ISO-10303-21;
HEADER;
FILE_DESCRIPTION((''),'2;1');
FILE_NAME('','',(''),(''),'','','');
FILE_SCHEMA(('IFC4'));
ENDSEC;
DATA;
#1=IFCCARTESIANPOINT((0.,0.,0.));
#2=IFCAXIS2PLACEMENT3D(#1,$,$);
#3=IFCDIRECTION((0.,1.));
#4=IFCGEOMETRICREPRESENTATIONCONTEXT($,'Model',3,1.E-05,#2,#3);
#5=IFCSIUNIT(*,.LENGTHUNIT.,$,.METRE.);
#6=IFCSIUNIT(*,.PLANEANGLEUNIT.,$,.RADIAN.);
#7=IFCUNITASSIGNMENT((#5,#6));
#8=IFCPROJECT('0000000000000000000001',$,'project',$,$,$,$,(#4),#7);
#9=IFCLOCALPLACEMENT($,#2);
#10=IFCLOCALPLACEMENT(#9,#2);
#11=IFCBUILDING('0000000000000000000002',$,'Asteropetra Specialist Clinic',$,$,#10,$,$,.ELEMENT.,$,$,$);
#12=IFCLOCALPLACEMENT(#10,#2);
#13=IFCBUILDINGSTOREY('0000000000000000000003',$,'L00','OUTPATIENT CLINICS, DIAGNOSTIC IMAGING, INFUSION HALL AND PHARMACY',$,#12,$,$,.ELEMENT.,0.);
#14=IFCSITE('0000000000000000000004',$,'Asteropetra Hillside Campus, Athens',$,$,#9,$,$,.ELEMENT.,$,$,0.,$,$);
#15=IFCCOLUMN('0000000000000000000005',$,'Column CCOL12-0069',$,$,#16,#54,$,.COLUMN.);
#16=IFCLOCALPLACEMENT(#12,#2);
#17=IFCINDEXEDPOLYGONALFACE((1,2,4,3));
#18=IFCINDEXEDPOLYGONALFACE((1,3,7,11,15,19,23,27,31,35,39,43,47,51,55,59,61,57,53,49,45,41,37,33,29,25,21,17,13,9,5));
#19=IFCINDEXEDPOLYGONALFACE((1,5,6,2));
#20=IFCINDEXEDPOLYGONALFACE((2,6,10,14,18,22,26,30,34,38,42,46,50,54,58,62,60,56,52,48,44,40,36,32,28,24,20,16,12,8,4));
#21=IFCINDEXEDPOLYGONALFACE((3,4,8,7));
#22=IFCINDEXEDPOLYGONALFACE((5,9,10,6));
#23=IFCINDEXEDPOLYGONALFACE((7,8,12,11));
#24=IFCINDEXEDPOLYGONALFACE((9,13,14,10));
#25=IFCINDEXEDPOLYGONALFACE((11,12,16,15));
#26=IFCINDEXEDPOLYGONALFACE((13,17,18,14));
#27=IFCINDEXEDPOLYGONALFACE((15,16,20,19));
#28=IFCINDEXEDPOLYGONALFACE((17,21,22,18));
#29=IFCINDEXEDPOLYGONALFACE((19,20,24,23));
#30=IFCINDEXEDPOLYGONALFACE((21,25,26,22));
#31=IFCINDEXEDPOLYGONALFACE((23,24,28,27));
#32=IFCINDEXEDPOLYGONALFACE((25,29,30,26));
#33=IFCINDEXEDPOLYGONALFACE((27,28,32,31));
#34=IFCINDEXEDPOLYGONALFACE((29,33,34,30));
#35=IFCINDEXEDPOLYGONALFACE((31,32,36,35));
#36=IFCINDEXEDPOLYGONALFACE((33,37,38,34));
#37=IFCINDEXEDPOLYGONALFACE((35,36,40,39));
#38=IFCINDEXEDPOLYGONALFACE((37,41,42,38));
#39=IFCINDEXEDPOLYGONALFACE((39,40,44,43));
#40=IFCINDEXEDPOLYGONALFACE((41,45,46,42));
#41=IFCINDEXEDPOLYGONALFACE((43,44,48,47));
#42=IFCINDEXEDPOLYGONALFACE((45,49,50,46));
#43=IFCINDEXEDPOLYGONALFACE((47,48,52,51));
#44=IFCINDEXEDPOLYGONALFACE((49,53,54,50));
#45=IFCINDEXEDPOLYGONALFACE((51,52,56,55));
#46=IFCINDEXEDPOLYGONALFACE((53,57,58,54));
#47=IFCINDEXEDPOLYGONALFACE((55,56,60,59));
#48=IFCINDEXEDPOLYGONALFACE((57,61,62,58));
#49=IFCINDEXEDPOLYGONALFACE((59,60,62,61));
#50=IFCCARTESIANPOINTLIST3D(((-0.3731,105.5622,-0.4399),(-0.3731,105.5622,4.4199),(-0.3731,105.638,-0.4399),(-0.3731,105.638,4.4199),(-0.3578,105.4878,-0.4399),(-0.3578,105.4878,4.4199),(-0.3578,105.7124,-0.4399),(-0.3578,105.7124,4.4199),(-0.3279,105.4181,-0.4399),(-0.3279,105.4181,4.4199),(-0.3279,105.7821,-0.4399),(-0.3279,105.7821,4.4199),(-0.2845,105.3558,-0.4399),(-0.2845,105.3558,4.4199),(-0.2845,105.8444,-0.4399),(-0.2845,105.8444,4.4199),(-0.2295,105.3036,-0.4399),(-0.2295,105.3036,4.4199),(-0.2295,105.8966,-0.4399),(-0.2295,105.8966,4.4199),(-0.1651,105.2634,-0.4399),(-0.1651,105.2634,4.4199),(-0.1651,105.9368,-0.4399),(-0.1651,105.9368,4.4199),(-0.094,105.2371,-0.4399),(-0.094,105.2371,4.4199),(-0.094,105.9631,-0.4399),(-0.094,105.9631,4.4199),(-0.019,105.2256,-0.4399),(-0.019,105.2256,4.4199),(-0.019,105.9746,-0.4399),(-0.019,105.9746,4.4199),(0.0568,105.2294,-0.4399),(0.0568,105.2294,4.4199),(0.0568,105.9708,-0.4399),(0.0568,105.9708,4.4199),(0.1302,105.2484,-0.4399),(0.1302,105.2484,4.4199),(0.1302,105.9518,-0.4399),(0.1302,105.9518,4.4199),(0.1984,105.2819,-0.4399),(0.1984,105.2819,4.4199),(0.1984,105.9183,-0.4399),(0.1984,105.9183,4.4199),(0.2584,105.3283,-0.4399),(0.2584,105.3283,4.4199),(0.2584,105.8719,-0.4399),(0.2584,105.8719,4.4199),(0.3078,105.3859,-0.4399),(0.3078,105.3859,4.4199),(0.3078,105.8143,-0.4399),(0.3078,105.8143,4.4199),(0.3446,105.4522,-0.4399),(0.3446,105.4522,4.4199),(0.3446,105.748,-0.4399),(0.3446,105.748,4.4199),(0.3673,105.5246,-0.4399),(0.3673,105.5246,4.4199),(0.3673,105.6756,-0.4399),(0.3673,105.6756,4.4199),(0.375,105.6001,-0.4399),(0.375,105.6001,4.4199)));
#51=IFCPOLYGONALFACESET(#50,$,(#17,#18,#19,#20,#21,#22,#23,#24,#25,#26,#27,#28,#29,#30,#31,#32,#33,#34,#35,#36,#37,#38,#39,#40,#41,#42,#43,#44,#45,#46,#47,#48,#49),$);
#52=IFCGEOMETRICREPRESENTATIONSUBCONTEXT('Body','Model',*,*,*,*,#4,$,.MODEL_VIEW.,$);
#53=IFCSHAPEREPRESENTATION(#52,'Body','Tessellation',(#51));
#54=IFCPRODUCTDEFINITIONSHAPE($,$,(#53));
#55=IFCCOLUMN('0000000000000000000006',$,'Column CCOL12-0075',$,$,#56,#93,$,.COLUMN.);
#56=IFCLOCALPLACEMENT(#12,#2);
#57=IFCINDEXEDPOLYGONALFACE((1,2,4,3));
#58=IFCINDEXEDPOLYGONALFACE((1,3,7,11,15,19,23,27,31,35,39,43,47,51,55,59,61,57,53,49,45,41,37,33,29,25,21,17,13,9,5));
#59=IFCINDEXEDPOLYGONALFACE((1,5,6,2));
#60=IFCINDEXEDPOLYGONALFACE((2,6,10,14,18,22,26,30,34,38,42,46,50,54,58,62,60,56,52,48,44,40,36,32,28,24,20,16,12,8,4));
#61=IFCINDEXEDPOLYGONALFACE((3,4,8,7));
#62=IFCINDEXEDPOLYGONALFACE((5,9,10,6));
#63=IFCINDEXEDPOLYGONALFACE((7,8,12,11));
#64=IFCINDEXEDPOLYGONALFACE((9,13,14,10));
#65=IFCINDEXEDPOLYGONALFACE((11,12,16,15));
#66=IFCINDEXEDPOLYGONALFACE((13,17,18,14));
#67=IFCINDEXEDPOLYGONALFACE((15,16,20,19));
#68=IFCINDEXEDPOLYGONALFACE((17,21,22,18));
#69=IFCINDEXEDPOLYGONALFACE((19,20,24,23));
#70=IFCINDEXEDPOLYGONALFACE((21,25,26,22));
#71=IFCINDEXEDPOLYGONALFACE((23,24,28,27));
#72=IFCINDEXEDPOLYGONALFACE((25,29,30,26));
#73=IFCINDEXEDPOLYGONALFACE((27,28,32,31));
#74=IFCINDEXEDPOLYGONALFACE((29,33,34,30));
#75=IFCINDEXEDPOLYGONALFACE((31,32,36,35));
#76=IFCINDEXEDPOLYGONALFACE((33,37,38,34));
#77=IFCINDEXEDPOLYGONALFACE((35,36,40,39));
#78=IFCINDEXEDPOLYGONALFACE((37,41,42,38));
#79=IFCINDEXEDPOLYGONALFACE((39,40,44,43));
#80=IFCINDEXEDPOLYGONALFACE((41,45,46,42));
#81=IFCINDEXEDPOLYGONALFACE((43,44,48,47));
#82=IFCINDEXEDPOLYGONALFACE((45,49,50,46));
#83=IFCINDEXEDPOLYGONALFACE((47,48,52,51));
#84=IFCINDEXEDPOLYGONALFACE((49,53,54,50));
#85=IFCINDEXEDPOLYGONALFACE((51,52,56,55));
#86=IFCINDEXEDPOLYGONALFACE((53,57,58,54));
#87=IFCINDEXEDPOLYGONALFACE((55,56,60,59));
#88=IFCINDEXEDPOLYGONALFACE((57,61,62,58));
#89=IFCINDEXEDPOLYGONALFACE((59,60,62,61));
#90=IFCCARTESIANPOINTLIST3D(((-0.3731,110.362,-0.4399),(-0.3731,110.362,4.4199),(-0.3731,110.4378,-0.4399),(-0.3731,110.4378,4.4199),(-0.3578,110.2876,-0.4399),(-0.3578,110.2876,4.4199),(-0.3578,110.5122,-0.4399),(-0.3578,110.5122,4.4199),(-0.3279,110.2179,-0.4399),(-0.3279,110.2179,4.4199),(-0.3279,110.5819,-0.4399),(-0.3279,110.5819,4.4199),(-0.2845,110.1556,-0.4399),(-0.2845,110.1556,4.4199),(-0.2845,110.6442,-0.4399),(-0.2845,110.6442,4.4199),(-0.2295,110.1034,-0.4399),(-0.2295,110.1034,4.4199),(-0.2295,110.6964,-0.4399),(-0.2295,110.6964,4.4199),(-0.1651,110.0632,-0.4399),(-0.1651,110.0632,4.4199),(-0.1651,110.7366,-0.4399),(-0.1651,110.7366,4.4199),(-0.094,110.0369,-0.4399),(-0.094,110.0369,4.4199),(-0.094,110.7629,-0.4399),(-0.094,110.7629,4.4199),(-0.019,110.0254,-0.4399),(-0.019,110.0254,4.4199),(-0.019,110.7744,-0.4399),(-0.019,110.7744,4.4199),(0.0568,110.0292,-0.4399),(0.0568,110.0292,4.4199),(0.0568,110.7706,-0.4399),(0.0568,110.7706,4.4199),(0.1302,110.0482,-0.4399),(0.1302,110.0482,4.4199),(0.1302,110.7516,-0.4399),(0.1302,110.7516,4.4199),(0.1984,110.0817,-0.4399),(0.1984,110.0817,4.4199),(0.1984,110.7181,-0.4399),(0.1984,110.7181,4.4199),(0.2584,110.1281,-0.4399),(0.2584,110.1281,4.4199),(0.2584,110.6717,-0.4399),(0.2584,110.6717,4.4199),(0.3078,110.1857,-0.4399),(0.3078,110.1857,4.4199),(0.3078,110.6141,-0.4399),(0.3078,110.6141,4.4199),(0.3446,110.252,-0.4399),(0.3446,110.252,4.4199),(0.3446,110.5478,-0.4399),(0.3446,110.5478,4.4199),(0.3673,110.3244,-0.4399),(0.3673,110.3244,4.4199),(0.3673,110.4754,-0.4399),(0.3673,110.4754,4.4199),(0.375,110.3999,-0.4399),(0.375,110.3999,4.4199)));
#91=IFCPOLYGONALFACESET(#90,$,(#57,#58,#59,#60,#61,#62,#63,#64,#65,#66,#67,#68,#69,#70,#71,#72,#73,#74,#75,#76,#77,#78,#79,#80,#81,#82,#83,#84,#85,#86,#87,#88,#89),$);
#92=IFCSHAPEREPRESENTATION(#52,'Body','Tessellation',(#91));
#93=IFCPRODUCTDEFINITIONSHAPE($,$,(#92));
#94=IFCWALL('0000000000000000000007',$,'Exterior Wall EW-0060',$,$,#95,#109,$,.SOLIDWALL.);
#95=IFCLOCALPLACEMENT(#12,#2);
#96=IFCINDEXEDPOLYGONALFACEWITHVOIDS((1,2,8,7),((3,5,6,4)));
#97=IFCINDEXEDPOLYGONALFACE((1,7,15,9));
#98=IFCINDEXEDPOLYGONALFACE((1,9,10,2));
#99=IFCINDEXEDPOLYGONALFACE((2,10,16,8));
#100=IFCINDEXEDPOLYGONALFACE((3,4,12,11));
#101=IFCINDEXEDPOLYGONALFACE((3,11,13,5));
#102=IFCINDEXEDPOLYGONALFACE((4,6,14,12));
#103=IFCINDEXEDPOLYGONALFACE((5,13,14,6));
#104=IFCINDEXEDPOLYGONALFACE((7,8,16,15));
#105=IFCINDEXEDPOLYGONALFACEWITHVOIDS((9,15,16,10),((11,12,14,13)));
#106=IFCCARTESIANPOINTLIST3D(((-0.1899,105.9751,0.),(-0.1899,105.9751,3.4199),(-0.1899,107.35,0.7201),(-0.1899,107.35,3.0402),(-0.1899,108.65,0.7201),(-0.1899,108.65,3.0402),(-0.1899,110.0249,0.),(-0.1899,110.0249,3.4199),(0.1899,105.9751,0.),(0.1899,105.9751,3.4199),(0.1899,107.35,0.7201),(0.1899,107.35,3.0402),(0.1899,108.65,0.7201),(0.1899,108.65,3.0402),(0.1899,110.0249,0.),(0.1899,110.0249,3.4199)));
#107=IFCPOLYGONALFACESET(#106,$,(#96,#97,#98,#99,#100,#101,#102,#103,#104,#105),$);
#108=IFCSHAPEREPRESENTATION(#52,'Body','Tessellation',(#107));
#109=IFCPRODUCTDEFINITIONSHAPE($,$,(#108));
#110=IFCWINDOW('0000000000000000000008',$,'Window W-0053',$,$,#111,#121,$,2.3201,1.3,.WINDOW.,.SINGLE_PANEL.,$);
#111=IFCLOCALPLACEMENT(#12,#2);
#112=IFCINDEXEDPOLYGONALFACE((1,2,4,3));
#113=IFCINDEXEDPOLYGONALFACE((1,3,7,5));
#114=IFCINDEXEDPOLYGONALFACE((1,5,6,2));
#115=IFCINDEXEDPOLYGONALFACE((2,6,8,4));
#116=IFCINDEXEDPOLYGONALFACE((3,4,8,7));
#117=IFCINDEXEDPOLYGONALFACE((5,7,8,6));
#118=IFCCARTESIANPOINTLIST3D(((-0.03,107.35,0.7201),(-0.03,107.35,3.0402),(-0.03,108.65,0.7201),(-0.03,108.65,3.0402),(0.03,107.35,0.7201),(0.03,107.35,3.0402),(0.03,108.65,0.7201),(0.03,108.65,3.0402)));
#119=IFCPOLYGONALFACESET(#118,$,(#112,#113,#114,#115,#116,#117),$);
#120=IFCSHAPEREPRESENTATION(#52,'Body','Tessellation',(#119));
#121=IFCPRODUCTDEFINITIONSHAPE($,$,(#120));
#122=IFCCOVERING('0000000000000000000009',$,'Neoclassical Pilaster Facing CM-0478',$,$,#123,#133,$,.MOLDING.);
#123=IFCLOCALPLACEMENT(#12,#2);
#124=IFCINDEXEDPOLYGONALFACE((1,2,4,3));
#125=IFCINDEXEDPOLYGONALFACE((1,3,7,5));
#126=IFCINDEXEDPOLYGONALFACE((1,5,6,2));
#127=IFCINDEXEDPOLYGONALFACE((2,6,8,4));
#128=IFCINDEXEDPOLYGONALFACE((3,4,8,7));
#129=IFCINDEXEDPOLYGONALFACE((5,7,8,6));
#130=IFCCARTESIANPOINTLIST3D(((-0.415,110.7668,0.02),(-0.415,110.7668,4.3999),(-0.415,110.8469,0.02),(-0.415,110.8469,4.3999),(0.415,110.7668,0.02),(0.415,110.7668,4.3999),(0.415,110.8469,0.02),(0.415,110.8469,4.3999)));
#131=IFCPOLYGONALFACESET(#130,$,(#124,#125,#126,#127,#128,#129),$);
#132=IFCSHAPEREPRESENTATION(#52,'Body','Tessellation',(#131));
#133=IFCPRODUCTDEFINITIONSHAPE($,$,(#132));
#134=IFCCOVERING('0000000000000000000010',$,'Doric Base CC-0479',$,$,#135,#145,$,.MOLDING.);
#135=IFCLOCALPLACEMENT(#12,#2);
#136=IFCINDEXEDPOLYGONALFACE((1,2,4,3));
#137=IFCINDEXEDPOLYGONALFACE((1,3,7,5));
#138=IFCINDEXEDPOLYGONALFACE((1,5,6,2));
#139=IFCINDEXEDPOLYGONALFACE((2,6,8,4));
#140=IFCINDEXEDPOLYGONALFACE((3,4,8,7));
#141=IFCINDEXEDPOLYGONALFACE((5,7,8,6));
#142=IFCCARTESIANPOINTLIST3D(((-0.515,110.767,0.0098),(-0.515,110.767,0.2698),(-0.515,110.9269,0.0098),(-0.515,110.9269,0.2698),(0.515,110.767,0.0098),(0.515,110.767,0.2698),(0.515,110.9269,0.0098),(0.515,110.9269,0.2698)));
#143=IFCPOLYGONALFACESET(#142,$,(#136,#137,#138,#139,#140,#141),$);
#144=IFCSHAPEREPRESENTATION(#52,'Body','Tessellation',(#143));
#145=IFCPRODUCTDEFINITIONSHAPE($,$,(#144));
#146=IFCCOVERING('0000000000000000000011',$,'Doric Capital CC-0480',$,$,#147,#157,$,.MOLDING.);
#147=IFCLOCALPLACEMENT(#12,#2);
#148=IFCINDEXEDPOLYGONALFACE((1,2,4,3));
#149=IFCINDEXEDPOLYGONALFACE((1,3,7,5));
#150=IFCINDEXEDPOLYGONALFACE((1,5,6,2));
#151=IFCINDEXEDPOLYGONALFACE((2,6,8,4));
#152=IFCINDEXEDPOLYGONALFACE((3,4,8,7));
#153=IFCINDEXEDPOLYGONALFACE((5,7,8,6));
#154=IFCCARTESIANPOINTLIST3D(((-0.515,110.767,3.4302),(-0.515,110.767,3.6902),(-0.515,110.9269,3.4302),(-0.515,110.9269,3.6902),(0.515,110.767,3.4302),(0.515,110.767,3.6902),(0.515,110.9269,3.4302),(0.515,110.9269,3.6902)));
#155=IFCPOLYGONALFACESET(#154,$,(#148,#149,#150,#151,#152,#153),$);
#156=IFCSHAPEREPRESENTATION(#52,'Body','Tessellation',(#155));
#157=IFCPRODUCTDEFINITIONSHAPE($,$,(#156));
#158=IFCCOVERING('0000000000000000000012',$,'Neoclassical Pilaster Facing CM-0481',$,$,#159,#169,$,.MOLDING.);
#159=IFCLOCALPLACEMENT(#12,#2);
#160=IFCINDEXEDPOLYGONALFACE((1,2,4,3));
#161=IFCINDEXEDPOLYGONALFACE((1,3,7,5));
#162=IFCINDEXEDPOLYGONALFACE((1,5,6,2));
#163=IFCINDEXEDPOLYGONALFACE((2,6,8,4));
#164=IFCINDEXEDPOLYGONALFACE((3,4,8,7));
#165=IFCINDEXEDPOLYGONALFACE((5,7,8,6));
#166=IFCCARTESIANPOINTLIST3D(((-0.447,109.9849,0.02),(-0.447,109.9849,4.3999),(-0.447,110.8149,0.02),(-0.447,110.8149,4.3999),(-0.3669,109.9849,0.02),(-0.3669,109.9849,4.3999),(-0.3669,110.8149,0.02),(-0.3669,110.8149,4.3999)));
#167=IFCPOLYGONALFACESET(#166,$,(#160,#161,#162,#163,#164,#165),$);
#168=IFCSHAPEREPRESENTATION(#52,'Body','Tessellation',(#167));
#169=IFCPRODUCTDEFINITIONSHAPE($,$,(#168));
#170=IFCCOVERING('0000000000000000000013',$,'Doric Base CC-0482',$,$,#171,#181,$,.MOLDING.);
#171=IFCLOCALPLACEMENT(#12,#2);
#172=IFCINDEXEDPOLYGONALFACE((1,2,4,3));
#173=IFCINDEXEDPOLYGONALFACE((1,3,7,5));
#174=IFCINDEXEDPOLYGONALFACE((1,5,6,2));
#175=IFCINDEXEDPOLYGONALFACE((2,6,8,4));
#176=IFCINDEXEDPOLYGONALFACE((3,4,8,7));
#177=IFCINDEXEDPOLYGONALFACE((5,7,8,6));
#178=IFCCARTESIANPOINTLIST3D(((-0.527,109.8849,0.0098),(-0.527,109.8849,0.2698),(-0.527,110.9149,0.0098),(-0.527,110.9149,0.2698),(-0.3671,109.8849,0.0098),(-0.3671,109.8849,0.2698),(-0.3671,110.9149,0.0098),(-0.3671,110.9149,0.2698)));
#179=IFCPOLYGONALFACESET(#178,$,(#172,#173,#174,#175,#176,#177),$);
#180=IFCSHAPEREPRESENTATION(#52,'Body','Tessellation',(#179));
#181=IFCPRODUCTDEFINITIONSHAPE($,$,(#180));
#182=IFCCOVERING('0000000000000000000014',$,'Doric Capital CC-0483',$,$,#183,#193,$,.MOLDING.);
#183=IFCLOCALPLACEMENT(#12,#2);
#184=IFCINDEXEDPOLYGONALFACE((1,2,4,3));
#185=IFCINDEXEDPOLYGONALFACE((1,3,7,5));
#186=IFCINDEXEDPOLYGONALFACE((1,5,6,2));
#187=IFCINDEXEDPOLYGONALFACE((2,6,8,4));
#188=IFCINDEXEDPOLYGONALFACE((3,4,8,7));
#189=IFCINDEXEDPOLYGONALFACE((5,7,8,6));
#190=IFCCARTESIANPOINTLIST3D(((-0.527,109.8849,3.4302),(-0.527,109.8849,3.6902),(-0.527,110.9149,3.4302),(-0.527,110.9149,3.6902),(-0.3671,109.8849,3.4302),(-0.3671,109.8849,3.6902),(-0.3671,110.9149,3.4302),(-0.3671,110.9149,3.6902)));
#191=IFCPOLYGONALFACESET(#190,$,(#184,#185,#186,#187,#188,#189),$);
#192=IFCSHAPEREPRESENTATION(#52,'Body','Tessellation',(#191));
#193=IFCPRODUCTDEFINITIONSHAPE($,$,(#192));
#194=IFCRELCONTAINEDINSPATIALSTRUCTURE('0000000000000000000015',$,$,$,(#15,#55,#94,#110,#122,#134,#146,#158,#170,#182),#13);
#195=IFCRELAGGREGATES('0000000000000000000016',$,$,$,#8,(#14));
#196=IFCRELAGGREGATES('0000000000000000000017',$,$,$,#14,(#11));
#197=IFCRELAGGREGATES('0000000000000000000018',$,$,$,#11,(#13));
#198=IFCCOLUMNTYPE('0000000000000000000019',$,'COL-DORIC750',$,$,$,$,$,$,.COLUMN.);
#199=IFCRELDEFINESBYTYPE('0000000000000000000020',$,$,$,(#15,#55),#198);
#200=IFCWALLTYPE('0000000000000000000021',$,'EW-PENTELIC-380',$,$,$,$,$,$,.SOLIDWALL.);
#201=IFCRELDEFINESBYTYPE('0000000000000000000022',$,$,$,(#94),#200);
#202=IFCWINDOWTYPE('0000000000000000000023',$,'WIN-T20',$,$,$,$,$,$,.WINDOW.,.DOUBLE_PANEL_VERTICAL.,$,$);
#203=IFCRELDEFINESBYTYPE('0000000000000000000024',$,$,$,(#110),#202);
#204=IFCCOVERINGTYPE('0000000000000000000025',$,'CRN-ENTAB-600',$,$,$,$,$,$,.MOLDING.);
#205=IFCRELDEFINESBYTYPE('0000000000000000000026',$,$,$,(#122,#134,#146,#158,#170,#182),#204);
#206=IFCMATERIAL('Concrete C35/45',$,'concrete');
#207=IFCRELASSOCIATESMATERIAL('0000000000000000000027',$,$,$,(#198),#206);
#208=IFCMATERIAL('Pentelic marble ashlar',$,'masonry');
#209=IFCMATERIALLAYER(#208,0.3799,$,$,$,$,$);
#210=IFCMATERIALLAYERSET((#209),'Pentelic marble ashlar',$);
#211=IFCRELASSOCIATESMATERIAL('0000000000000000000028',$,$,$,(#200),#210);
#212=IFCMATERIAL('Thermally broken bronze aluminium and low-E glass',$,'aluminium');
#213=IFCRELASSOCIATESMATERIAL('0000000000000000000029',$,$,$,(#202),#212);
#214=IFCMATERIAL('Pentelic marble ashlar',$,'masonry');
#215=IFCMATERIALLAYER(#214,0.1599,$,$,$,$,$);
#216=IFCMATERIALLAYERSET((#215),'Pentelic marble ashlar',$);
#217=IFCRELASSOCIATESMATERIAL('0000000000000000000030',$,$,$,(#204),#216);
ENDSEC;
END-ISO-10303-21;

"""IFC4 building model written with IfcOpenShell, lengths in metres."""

from ifc_helpers import new_model, si_unit, direction, frame, frame_2d, origin, origin_2d, place, context, subcontext, project, spatial, rectangle, circle, extrude, material, layer, layer_set, material_profile, profile_set, type_object, element, fill, save


model = new_model("IFC4")

# Units and contexts
model_context = context("Model", 3, precision=1e-05, world=origin(), true_north=direction((0.0, 1.0)))
body_context = subcontext(model_context, "Body", "Model", "MODEL_VIEW")
ifc_project = project(units=[si_unit("LENGTHUNIT", "METRE"), si_unit("PLANEANGLEUNIT", "RADIAN")], contexts=[model_context])

# Site, building, storey
site_placement = place(None, origin())
site = spatial("IfcSite", under=ifc_project, at=site_placement, Name="Asteropetra Hillside Campus, Athens", CompositionType="ELEMENT", RefElevation=0.0)
building_placement = place(site_placement, origin())
building = spatial("IfcBuilding", under=site, at=building_placement, Name="Asteropetra Specialist Clinic", CompositionType="ELEMENT")
storey_placement = place(building_placement, origin())
storey = spatial("IfcBuildingStorey", under=building, at=storey_placement, Name="L00", Description="OUTPATIENT CLINICS, DIAGNOSTIC IMAGING, INFUSION HALL AND PHARMACY", CompositionType="ELEMENT", Elevation=0.0)

# Columns
ifc_material_1 = material(Name="Concrete C35/45", Category="concrete")
ifc_material_profile_1 = material_profile(ifc_material_1, circle(Radius=0.375, at=origin_2d()), Name="RCC D750")
ifc_profile_set_1 = profile_set([ifc_material_profile_1], Name="Concrete C35/45")
column_type = type_object("IfcColumnType", Name="COL-DORIC750", PredefinedType="COLUMN", material=ifc_profile_set_1)
for number, where, z_axis, x_axis, name in (
    (1, (0.0, 105.6001, -0.4399), (0.0, 0.0, 1.0), (1.0, 0.0, 0.0), "Column CCOL12-0069"),
    (2, (0.0, 110.3999, -0.4399), (0.0, 0.0, 1.0), (1.0, 0.0, 0.0), "Column CCOL12-0075"),
):
    element("IfcColumn", number, at=place(storey_placement, frame(where, z_axis=z_axis, x_axis=x_axis)), inside=storey, type_object=column_type, Name=name, PredefinedType="COLUMN", context=body_context, shape_type="SweptSolid", body=[
        extrude(circle(Radius=0.375, at=origin_2d()), origin(), (0.0, 0.0, 1.0), 4.8599),
    ])

# Wall, opening, window
ifc_material_2 = material(Name="Pentelic marble ashlar", Category="masonry")
ifc_layer_1 = layer(ifc_material_2, 0.3799)
ifc_layer_set_1 = layer_set([ifc_layer_1], Name="Pentelic marble ashlar")
wall_type = type_object("IfcWallType", Name="EW-PENTELIC-380", PredefinedType="SOLIDWALL", material=ifc_layer_set_1)
wall_placement = place(storey_placement, frame((0.0, 110.0249, 0.0), z_axis=(0.0, 0.0, 1.0), x_axis=(0.0, -1.0, 0.0)))
wall = element("IfcWall", 3, at=wall_placement, inside=storey, type_object=wall_type, Name="Exterior Wall EW-0060", PredefinedType="SOLIDWALL", context=body_context, shape_type="SweptSolid", body=[
    extrude(rectangle(XDim=4.0498, YDim=0.3799, at=frame_2d((2.0249, 0.0))), origin(), (0.0, 0.0, 1.0), 3.4199),
])
opening_placement = place(wall_placement, frame((1.375, 0.0, 0.72)))
opening = element("IfcOpeningElement", 4, at=opening_placement, cuts=wall, PredefinedType="OPENING", context=body_context, shape_type="SweptSolid", body=[
    extrude(rectangle(XDim=1.3, YDim=2.3201, at=frame_2d((0.6499, 1.1602))), frame((0.0, 0.2, 0.0), z_axis=(0.0, -1.0, 0.0), x_axis=(1.0, 0.0, 0.0)), (0.0, 0.0, 1.0), 0.3999),
])
ifc_material_3 = material(Name="Thermally broken bronze aluminium and low-E glass", Category="aluminium")
window_type = type_object("IfcWindowType", Name="WIN-T20", PartitioningType="DOUBLE_PANEL_VERTICAL", PredefinedType="WINDOW", material=ifc_material_3)
window_placement = place(opening_placement, origin())
window = element("IfcWindow", 5, at=window_placement, inside=storey, type_object=window_type, Name="Window W-0053", OverallHeight=2.3201, OverallWidth=1.3, PartitioningType="SINGLE_PANEL", PredefinedType="WINDOW", context=body_context, shape_type="SweptSolid", body=[
    extrude(rectangle(XDim=1.3, YDim=2.3201, at=frame_2d((0.6499, 1.1602))), frame((0.0, 0.03, 0.0), z_axis=(0.0, -1.0, 0.0), x_axis=(1.0, 0.0, 0.0)), (0.0, 0.0, 1.0), 0.0601),
])
fill(opening, window)

# Coverings
ifc_material_4 = material(Name="Pentelic marble ashlar", Category="masonry")
ifc_layer_2 = layer(ifc_material_4, 0.1599)
ifc_layer_set_2 = layer_set([ifc_layer_2], Name="Pentelic marble ashlar")
covering_type = type_object("IfcCoveringType", Name="CRN-ENTAB-600", PredefinedType="MOLDING", material=ifc_layer_set_2)
covering_1_placement = place(storey_placement, frame((0.0, 110.8069, 0.02), z_axis=(0.0, 0.0, 1.0), x_axis=(1.0, 0.0, 0.0)))
element("IfcCovering", 6, at=covering_1_placement, inside=storey, type_object=covering_type, Name="Neoclassical Pilaster Facing CM-0478", PredefinedType="MOLDING", context=body_context, shape_type="SweptSolid", body=[
    extrude(rectangle(XDim=0.8301, YDim=0.0801, at=origin_2d()), origin(), (0.0, 0.0, 1.0), 4.3799),
])
for number, where, z_axis, x_axis, name in (
    (7, (0.0, 110.8469, 0.0098), (0.0, 0.0, 1.0), (1.0, 0.0, 0.0), "Doric Base CC-0479"),
    (8, (0.0, 110.8469, 3.4302), (0.0, 0.0, 1.0), (1.0, 0.0, 0.0), "Doric Capital CC-0480"),
):
    element("IfcCovering", number, at=place(storey_placement, frame(where, z_axis=z_axis, x_axis=x_axis)), inside=storey, type_object=covering_type, Name=name, PredefinedType="MOLDING", context=body_context, shape_type="SweptSolid", body=[
        extrude(rectangle(XDim=1.03, YDim=0.1599, at=origin_2d()), origin(), (0.0, 0.0, 1.0), 0.26),
    ])
covering_2_placement = place(storey_placement, frame((-0.407, 110.3999, 0.02), z_axis=(0.0, 0.0, 1.0), x_axis=(1.0, 0.0, 0.0)))
element("IfcCovering", 9, at=covering_2_placement, inside=storey, type_object=covering_type, Name="Neoclassical Pilaster Facing CM-0481", PredefinedType="MOLDING", context=body_context, shape_type="SweptSolid", body=[
    extrude(rectangle(XDim=0.0801, YDim=0.8301, at=origin_2d()), origin(), (0.0, 0.0, 1.0), 4.3799),
])
for number, where, z_axis, x_axis, name in (
    (10, (-0.447, 110.3999, 0.0098), (0.0, 0.0, 1.0), (1.0, 0.0, 0.0), "Doric Base CC-0482"),
    (11, (-0.447, 110.3999, 3.4302), (0.0, 0.0, 1.0), (1.0, 0.0, 0.0), "Doric Capital CC-0483"),
):
    element("IfcCovering", number, at=place(storey_placement, frame(where, z_axis=z_axis, x_axis=x_axis)), inside=storey, type_object=covering_type, Name=name, PredefinedType="MOLDING", context=body_context, shape_type="SweptSolid", body=[
        extrude(rectangle(XDim=0.1599, YDim=1.03, at=origin_2d()), origin(), (0.0, 0.0, 1.0), 0.26),
    ])

save(model, "model.ifc")
